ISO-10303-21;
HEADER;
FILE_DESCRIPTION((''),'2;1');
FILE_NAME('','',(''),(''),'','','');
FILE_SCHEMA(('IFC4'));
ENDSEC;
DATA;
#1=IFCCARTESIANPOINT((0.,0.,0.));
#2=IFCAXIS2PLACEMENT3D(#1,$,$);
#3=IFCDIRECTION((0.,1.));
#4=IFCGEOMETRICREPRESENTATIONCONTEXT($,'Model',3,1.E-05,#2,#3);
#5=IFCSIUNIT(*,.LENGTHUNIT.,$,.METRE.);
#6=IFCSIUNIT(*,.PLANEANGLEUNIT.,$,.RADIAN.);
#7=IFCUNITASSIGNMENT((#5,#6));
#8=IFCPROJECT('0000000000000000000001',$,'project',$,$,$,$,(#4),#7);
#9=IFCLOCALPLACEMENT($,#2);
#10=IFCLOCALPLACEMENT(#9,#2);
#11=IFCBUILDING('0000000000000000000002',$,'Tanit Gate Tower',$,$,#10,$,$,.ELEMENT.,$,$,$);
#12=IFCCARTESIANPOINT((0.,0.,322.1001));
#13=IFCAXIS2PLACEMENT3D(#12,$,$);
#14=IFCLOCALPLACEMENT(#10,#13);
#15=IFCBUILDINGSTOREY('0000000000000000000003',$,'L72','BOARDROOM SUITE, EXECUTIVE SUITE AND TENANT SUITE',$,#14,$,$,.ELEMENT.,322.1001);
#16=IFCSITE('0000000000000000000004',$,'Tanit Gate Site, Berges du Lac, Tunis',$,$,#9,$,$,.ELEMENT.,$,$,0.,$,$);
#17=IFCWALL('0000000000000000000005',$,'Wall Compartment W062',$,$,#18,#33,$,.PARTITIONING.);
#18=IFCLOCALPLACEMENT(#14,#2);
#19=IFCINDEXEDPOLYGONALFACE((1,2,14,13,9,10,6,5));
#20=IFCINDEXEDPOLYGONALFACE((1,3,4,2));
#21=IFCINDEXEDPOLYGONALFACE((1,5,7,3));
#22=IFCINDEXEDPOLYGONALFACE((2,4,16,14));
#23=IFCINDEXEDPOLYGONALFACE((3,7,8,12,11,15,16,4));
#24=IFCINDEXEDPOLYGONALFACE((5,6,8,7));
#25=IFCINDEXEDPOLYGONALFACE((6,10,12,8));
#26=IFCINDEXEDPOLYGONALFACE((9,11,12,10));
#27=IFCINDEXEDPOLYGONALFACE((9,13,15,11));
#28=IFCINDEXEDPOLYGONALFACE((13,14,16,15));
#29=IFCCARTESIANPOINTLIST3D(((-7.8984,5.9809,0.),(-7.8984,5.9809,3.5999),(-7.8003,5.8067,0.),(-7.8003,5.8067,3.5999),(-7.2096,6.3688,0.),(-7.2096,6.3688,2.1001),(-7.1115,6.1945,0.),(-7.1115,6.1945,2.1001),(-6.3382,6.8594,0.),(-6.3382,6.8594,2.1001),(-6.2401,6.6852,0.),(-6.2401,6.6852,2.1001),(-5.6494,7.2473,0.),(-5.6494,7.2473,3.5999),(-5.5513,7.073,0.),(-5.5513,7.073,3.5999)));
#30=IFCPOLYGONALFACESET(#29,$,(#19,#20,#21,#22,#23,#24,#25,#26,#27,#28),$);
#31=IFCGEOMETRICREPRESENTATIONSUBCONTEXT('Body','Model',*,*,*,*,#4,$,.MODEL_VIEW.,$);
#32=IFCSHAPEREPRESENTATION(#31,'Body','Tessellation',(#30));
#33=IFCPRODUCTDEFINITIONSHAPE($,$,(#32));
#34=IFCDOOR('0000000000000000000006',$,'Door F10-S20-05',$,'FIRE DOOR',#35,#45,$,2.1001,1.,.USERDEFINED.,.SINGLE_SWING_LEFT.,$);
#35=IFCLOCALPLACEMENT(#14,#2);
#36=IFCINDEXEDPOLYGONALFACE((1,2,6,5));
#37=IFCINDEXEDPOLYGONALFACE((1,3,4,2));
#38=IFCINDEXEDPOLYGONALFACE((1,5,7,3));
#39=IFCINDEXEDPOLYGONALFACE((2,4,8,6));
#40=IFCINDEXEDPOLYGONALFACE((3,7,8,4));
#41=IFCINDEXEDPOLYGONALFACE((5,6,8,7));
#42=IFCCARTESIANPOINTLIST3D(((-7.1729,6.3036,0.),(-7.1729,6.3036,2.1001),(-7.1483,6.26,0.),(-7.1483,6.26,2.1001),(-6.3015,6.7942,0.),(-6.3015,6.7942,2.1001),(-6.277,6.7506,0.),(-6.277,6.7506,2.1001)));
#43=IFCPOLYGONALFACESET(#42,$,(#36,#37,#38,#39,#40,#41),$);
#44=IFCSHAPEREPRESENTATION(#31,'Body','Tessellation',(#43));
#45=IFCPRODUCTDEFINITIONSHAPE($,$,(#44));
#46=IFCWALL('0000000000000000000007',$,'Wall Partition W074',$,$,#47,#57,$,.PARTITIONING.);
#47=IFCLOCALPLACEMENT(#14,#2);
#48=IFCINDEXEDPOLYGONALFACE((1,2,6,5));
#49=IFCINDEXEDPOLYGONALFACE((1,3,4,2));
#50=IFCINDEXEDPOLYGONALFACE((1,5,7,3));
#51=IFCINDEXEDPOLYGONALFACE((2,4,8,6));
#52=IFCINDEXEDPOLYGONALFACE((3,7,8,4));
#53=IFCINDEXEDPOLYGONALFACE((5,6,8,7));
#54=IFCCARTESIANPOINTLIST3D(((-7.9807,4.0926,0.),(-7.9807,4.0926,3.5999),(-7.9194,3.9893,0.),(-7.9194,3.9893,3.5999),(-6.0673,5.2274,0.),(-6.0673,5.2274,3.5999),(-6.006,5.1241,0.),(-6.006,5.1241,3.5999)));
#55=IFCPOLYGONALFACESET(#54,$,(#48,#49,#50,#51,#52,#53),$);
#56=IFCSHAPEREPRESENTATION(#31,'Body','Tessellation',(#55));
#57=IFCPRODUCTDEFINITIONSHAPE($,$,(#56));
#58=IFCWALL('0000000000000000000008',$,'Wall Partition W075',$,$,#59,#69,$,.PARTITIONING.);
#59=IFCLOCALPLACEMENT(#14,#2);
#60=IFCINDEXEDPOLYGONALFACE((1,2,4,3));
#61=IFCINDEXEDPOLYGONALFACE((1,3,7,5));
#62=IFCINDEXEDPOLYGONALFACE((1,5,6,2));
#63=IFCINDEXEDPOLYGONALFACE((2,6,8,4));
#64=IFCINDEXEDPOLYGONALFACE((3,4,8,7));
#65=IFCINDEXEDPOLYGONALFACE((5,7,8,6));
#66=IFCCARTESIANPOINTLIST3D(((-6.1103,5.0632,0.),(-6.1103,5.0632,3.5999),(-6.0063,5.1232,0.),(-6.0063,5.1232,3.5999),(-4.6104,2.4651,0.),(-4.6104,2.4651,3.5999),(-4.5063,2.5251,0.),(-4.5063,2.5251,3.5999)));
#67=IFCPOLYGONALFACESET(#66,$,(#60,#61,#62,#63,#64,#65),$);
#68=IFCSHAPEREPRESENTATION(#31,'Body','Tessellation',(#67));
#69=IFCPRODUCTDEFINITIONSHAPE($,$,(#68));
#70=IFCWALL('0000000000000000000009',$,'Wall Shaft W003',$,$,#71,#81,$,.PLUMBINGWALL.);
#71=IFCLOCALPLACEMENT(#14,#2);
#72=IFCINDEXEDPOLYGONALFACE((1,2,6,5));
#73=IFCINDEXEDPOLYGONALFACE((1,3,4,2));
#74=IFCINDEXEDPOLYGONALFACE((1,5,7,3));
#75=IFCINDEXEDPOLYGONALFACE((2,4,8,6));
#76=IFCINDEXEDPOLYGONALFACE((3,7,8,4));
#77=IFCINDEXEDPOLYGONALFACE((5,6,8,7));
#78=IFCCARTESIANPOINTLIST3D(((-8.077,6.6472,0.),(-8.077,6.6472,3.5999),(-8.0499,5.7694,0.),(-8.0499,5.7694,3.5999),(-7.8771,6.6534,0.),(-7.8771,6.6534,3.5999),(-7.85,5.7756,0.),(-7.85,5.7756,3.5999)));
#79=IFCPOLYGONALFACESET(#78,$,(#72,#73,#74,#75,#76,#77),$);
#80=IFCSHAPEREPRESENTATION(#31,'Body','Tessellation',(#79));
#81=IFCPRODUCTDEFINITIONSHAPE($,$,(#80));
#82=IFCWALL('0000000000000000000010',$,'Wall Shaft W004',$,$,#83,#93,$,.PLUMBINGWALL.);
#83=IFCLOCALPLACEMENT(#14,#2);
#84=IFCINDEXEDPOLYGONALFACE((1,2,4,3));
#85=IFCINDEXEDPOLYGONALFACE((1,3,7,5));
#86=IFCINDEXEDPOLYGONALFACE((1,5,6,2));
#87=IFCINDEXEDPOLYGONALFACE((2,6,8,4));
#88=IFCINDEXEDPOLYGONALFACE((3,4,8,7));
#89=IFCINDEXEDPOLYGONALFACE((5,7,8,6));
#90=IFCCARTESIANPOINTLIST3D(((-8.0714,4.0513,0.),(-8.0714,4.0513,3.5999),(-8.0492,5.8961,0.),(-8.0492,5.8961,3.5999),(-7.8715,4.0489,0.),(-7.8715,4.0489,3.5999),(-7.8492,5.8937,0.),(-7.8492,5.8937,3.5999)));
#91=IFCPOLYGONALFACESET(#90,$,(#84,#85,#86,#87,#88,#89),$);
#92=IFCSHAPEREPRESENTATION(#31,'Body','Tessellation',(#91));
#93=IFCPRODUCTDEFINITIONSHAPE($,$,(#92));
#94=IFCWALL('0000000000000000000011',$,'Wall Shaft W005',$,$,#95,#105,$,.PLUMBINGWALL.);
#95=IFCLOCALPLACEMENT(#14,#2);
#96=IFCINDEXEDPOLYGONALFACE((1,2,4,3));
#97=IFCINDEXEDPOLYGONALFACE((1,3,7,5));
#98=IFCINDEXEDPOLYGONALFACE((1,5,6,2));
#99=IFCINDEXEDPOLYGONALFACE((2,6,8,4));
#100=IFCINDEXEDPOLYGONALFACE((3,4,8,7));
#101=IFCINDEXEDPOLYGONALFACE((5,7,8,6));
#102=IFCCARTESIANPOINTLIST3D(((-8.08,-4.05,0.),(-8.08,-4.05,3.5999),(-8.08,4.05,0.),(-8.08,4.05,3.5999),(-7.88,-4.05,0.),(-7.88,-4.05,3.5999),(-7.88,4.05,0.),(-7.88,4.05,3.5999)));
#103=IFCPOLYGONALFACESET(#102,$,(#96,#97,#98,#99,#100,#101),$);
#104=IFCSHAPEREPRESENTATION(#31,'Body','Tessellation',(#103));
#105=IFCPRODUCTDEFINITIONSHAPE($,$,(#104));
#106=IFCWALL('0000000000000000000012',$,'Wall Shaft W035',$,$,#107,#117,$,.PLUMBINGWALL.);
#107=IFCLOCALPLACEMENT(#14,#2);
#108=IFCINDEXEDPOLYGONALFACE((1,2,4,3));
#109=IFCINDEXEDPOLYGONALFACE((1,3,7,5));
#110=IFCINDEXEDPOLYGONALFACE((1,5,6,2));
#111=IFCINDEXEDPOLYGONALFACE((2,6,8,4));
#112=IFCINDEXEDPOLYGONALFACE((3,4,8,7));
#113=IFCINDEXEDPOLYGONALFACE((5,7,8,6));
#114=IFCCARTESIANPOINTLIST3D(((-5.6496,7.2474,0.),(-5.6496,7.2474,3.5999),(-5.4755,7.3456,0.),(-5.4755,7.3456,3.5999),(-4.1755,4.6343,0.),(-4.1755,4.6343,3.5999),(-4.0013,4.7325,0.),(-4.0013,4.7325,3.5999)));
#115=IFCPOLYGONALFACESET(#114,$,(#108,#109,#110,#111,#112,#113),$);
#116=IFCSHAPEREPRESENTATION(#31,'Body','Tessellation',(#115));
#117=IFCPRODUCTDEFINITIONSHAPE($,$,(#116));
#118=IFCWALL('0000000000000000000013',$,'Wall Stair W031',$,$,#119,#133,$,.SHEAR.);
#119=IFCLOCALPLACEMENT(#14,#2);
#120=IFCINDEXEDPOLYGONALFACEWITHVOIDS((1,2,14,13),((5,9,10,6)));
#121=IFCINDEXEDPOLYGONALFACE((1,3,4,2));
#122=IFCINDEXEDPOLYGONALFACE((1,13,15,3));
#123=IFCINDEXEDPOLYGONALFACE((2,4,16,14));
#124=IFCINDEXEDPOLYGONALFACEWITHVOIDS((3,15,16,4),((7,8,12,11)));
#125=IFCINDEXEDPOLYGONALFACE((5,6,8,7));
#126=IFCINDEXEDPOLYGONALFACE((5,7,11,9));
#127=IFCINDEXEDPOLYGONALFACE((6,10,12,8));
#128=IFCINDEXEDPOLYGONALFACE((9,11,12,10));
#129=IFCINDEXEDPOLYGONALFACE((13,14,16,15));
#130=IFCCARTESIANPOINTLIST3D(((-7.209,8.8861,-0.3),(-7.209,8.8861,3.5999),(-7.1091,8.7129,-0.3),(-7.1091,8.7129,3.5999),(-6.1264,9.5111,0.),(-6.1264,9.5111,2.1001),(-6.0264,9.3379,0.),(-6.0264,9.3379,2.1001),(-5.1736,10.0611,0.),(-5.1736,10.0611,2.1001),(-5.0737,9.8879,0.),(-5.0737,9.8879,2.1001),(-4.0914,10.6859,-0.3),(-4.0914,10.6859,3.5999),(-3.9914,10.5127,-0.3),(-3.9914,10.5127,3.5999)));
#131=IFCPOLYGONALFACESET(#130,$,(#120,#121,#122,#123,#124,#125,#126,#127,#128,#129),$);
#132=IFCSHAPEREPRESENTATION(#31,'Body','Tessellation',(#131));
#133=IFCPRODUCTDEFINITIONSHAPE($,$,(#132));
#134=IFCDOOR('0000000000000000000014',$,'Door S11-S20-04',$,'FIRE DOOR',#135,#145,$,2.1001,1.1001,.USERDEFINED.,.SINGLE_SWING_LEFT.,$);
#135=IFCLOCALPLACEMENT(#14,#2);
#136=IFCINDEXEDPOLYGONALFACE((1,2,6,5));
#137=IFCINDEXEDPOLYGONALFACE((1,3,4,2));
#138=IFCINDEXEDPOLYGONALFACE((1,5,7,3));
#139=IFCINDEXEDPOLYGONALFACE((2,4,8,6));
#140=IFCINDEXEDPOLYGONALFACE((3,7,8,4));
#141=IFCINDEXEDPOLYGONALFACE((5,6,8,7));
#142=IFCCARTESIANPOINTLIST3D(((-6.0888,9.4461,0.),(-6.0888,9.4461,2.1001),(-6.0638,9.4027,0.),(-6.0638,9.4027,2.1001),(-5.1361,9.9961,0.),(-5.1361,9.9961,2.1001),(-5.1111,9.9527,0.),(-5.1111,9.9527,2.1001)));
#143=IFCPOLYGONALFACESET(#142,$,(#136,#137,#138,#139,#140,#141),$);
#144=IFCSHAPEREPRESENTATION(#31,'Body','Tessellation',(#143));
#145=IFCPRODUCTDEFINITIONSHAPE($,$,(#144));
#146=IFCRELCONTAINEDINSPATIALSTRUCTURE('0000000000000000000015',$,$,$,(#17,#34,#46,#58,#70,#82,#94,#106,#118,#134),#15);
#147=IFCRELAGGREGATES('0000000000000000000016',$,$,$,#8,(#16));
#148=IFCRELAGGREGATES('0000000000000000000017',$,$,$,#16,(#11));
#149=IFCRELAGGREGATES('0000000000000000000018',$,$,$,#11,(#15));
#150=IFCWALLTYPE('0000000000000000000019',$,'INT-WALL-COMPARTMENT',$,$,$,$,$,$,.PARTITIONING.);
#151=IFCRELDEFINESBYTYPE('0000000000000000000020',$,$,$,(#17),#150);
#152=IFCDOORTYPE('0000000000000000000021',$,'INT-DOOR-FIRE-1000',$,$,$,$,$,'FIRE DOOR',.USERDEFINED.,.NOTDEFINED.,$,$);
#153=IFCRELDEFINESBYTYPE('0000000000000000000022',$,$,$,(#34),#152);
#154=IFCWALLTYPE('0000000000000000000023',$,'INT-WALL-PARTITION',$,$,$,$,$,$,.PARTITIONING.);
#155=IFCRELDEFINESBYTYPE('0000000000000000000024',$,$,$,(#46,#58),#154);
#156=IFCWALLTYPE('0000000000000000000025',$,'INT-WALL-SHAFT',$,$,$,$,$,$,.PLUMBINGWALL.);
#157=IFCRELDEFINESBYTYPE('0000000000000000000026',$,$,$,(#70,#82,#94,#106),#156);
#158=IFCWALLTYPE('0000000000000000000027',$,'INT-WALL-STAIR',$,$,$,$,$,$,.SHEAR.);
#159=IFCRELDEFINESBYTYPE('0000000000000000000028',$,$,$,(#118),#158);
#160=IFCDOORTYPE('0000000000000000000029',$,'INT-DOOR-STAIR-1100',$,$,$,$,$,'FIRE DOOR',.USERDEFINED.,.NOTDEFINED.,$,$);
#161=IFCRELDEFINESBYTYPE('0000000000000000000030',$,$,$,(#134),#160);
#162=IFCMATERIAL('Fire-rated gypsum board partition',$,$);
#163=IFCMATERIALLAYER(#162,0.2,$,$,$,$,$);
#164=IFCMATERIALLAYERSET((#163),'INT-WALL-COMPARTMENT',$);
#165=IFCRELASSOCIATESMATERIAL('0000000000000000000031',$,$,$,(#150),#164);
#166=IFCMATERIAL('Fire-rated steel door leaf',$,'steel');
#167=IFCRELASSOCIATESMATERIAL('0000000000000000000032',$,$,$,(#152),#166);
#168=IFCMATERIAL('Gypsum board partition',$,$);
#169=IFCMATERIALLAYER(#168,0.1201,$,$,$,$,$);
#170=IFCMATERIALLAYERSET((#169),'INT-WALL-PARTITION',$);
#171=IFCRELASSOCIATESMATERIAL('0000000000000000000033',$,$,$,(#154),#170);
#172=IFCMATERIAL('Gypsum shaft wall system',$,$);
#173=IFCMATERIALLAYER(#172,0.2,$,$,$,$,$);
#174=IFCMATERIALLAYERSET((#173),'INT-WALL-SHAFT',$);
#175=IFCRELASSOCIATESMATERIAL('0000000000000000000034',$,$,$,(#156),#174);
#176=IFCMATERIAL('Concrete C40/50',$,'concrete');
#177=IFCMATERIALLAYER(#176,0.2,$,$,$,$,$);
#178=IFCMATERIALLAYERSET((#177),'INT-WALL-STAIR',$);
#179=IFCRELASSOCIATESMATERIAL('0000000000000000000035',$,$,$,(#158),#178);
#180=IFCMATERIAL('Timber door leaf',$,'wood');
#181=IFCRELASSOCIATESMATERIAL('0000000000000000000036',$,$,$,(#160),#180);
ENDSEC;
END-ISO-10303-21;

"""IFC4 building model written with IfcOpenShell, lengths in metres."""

from ifc_helpers import new_model, si_unit, direction, frame, frame_2d, origin, place, context, subcontext, project, spatial, rectangle, extrude, material, layer, layer_set, type_object, element, fill, save


model = new_model("IFC4")

# Units and contexts
model_context = context("Model", 3, precision=1e-05, world=origin(), true_north=direction((0.0, 1.0)))
body_context = subcontext(model_context, "Body", "Model", "MODEL_VIEW")
ifc_project = project(units=[si_unit("LENGTHUNIT", "METRE"), si_unit("PLANEANGLEUNIT", "RADIAN")], contexts=[model_context])

# Site, building, storey
site_placement = place(None, origin())
site = spatial("IfcSite", under=ifc_project, at=site_placement, Name="Tanit Gate Site, Berges du Lac, Tunis", CompositionType="ELEMENT", RefElevation=0.0)
building_placement = place(site_placement, origin())
building = spatial("IfcBuilding", under=site, at=building_placement, Name="Tanit Gate Tower", CompositionType="ELEMENT")
storey_placement = place(building_placement, frame((0.0, 0.0, 322.1001)))
storey = spatial("IfcBuildingStorey", under=building, at=storey_placement, Name="L72", Description="BOARDROOM SUITE, EXECUTIVE SUITE AND TENANT SUITE", CompositionType="ELEMENT", Elevation=322.1001)

# Wall, opening, door
ifc_material_1 = material(Name="Fire-rated gypsum board partition")
ifc_layer_1 = layer(ifc_material_1, 0.2)
ifc_layer_set_1 = layer_set([ifc_layer_1], Name="INT-WALL-COMPARTMENT")
wall_type_1 = type_object("IfcWallType", Name="INT-WALL-COMPARTMENT", PredefinedType="PARTITIONING", material=ifc_layer_set_1)
wall_1_placement = place(storey_placement, frame((-5.6003, 7.1602, 0.0), z_axis=(0.0, 0.0, 1.0), x_axis=(-0.871363, -0.490638, 0.0)))
wall_1 = element("IfcWall", 1, at=wall_1_placement, inside=storey, type_object=wall_type_1, Name="Wall Compartment W062", PredefinedType="PARTITIONING", context=body_context, shape_type="SweptSolid", body=[
    extrude(rectangle(XDim=2.5811, YDim=0.2, at=frame_2d((1.2905, 0.0))), origin(), (0.0, 0.0, 1.0), 3.5999),
])
opening_1_placement = place(wall_1_placement, frame((0.7905, 0.0, 0.0)))
opening_1 = element("IfcOpeningElement", 2, at=opening_1_placement, cuts=wall_1, PredefinedType="OPENING", context=body_context, shape_type="SweptSolid", body=[
    extrude(rectangle(XDim=1.0, YDim=2.1001, at=frame_2d((0.5, 1.05))), frame((0.0, 0.1099, 0.0), z_axis=(0.0, -1.0, 0.0), x_axis=(1.0, 0.0, 0.0)), (0.0, 0.0, 1.0), 0.22),
])
ifc_material_2 = material(Name="Fire-rated steel door leaf", Category="steel")
door_type_1 = type_object("IfcDoorType", Name="INT-DOOR-FIRE-1000", ElementType="FIRE DOOR", OperationType="NOTDEFINED", PredefinedType="USERDEFINED", material=ifc_material_2)
door_1_placement = place(opening_1_placement, origin())
door_1 = element("IfcDoor", 3, at=door_1_placement, inside=storey, type_object=door_type_1, Name="Door F10-S20-05", ObjectType="FIRE DOOR", OperationType="SINGLE_SWING_LEFT", OverallHeight=2.1001, OverallWidth=1.0, PredefinedType="USERDEFINED", context=body_context, shape_type="SweptSolid", body=[
    extrude(rectangle(XDim=1.0, YDim=2.1001, at=frame_2d((0.5, 1.05))), frame((0.0, 0.0249, 0.0), z_axis=(0.0, -1.0, 0.0), x_axis=(1.0, 0.0, 0.0)), (0.0, 0.0, 1.0), 0.05),
])
fill(opening_1, door_1)

# Walls
ifc_material_3 = material(Name="Gypsum board partition")
ifc_layer_2 = layer(ifc_material_3, 0.1201)
ifc_layer_set_2 = layer_set([ifc_layer_2], Name="INT-WALL-PARTITION")
wall_type_2 = type_object("IfcWallType", Name="INT-WALL-PARTITION", PredefinedType="PARTITIONING", material=ifc_layer_set_2)
wall_2_placement = place(storey_placement, frame((-6.0366, 5.1758, 0.0), z_axis=(0.0, 0.0, 1.0), x_axis=(-0.860106, -0.510115, 0.0)))
element("IfcWall", 4, at=wall_2_placement, inside=storey, type_object=wall_type_2, Name="Wall Partition W074", PredefinedType="PARTITIONING", context=body_context, shape_type="SweptSolid", body=[
    extrude(rectangle(XDim=2.2246, YDim=0.1201, at=frame_2d((1.1123, 0.0))), origin(), (0.0, 0.0, 1.0), 3.5999),
])
wall_3_placement = place(storey_placement, frame((-4.5583, 2.4951, 0.0), z_axis=(0.0, 0.0, 1.0), x_axis=(-0.49999, 0.866031, 0.0)))
element("IfcWall", 5, at=wall_3_placement, inside=storey, type_object=wall_type_2, Name="Wall Partition W075", PredefinedType="PARTITIONING", context=body_context, shape_type="SweptSolid", body=[
    extrude(rectangle(XDim=3.0, YDim=0.1201, at=frame_2d((1.5, 0.0))), origin(), (0.0, 0.0, 1.0), 3.5999),
])
ifc_material_4 = material(Name="Gypsum shaft wall system")
ifc_layer_3 = layer(ifc_material_4, 0.2)
ifc_layer_set_3 = layer_set([ifc_layer_3], Name="INT-WALL-SHAFT")
wall_type_3 = type_object("IfcWallType", Name="INT-WALL-SHAFT", PredefinedType="PLUMBINGWALL", material=ifc_layer_set_3)
wall_4_placement = place(storey_placement, frame((-7.9771, 6.6501, 0.0), z_axis=(0.0, 0.0, 1.0), x_axis=(0.030862, -0.999524, 0.0)))
element("IfcWall", 6, at=wall_4_placement, inside=storey, type_object=wall_type_3, Name="Wall Shaft W003", PredefinedType="PLUMBINGWALL", context=body_context, shape_type="SweptSolid", body=[
    extrude(rectangle(XDim=0.8782, YDim=0.2, at=frame_2d((0.439, 0.0))), origin(), (0.0, 0.0, 1.0), 3.5999),
])
wall_5_placement = place(storey_placement, frame((-7.9492, 5.8948, 0.0), z_axis=(0.0, 0.0, 1.0), x_axis=(-0.012043, -0.999927, 0.0)))
element("IfcWall", 7, at=wall_5_placement, inside=storey, type_object=wall_type_3, Name="Wall Shaft W004", PredefinedType="PLUMBINGWALL", context=body_context, shape_type="SweptSolid", body=[
    extrude(rectangle(XDim=1.845, YDim=0.2, at=frame_2d((0.9224, 0.0))), origin(), (0.0, 0.0, 1.0), 3.5999),
])
wall_6_placement = place(storey_placement, frame((-7.98, 4.05, 0.0), z_axis=(0.0, 0.0, 1.0), x_axis=(0.0, -1.0, 0.0)))
element("IfcWall", 8, at=wall_6_placement, inside=storey, type_object=wall_type_3, Name="Wall Shaft W005", PredefinedType="PLUMBINGWALL", context=body_context, shape_type="SweptSolid", body=[
    extrude(rectangle(XDim=8.1001, YDim=0.2, at=frame_2d((4.05, 0.0))), origin(), (0.0, 0.0, 1.0), 3.5999),
])

# Wall
wall_7_placement = place(storey_placement, frame((-5.5625, 7.2964, 0.0), z_axis=(0.0, 0.0, 1.0), x_axis=(0.491347, -0.870964, 0.0)))
element("IfcWall", 9, at=wall_7_placement, inside=storey, type_object=wall_type_3, Name="Wall Shaft W035", PredefinedType="PLUMBINGWALL", context=body_context, shape_type="SweptSolid", body=[
    extrude(rectangle(XDim=3.0002, YDim=0.2, at=frame_2d((1.5, 0.0))), origin(), (0.0, 0.0, 1.0), 3.5999),
])

# Wall, opening, door
ifc_material_5 = material(Name="Concrete C40/50", Category="concrete")
ifc_layer_4 = layer(ifc_material_5, 0.2)
ifc_layer_set_4 = layer_set([ifc_layer_4], Name="INT-WALL-STAIR")
wall_type_4 = type_object("IfcWallType", Name="INT-WALL-STAIR", PredefinedType="SHEAR", material=ifc_layer_set_4)
wall_8_placement = place(storey_placement, frame((-7.1589, 8.7996, -0.3), z_axis=(0.0, 0.0, 1.0), x_axis=(0.866048, 0.499961, 0.0)))
wall_8 = element("IfcWall", 10, at=wall_8_placement, inside=storey, type_object=wall_type_4, Name="Wall Stair W031", PredefinedType="SHEAR", context=body_context, shape_type="SweptSolid", body=[
    extrude(rectangle(XDim=3.5999, YDim=0.2, at=frame_2d((1.7998, 0.0))), origin(), (0.0, 0.0, 1.0), 3.8999),
])
opening_2_placement = place(wall_8_placement, frame((1.25, 0.0, 0.3)))
opening_2 = element("IfcOpeningElement", 11, at=opening_2_placement, cuts=wall_8, PredefinedType="OPENING", context=body_context, shape_type="SweptSolid", body=[
    extrude(rectangle(XDim=1.1001, YDim=2.1001, at=frame_2d((0.55, 1.05))), frame((0.0, 0.1099, 0.0), z_axis=(0.0, -1.0, 0.0), x_axis=(1.0, 0.0, 0.0)), (0.0, 0.0, 1.0), 0.22),
])
ifc_material_6 = material(Name="Timber door leaf", Category="wood")
door_type_2 = type_object("IfcDoorType", Name="INT-DOOR-STAIR-1100", ElementType="FIRE DOOR", OperationType="NOTDEFINED", PredefinedType="USERDEFINED", material=ifc_material_6)
door_2_placement = place(opening_2_placement, origin())
door_2 = element("IfcDoor", 12, at=door_2_placement, inside=storey, type_object=door_type_2, Name="Door S11-S20-04", ObjectType="FIRE DOOR", OperationType="SINGLE_SWING_LEFT", OverallHeight=2.1001, OverallWidth=1.1001, PredefinedType="USERDEFINED", context=body_context, shape_type="SweptSolid", body=[
    extrude(rectangle(XDim=1.1001, YDim=2.1001, at=frame_2d((0.55, 1.05))), frame((0.0, 0.0249, 0.0), z_axis=(0.0, -1.0, 0.0), x_axis=(1.0, 0.0, 0.0)), (0.0, 0.0, 1.0), 0.05),
])
fill(opening_2, door_2)

save(model, "model.ifc")
